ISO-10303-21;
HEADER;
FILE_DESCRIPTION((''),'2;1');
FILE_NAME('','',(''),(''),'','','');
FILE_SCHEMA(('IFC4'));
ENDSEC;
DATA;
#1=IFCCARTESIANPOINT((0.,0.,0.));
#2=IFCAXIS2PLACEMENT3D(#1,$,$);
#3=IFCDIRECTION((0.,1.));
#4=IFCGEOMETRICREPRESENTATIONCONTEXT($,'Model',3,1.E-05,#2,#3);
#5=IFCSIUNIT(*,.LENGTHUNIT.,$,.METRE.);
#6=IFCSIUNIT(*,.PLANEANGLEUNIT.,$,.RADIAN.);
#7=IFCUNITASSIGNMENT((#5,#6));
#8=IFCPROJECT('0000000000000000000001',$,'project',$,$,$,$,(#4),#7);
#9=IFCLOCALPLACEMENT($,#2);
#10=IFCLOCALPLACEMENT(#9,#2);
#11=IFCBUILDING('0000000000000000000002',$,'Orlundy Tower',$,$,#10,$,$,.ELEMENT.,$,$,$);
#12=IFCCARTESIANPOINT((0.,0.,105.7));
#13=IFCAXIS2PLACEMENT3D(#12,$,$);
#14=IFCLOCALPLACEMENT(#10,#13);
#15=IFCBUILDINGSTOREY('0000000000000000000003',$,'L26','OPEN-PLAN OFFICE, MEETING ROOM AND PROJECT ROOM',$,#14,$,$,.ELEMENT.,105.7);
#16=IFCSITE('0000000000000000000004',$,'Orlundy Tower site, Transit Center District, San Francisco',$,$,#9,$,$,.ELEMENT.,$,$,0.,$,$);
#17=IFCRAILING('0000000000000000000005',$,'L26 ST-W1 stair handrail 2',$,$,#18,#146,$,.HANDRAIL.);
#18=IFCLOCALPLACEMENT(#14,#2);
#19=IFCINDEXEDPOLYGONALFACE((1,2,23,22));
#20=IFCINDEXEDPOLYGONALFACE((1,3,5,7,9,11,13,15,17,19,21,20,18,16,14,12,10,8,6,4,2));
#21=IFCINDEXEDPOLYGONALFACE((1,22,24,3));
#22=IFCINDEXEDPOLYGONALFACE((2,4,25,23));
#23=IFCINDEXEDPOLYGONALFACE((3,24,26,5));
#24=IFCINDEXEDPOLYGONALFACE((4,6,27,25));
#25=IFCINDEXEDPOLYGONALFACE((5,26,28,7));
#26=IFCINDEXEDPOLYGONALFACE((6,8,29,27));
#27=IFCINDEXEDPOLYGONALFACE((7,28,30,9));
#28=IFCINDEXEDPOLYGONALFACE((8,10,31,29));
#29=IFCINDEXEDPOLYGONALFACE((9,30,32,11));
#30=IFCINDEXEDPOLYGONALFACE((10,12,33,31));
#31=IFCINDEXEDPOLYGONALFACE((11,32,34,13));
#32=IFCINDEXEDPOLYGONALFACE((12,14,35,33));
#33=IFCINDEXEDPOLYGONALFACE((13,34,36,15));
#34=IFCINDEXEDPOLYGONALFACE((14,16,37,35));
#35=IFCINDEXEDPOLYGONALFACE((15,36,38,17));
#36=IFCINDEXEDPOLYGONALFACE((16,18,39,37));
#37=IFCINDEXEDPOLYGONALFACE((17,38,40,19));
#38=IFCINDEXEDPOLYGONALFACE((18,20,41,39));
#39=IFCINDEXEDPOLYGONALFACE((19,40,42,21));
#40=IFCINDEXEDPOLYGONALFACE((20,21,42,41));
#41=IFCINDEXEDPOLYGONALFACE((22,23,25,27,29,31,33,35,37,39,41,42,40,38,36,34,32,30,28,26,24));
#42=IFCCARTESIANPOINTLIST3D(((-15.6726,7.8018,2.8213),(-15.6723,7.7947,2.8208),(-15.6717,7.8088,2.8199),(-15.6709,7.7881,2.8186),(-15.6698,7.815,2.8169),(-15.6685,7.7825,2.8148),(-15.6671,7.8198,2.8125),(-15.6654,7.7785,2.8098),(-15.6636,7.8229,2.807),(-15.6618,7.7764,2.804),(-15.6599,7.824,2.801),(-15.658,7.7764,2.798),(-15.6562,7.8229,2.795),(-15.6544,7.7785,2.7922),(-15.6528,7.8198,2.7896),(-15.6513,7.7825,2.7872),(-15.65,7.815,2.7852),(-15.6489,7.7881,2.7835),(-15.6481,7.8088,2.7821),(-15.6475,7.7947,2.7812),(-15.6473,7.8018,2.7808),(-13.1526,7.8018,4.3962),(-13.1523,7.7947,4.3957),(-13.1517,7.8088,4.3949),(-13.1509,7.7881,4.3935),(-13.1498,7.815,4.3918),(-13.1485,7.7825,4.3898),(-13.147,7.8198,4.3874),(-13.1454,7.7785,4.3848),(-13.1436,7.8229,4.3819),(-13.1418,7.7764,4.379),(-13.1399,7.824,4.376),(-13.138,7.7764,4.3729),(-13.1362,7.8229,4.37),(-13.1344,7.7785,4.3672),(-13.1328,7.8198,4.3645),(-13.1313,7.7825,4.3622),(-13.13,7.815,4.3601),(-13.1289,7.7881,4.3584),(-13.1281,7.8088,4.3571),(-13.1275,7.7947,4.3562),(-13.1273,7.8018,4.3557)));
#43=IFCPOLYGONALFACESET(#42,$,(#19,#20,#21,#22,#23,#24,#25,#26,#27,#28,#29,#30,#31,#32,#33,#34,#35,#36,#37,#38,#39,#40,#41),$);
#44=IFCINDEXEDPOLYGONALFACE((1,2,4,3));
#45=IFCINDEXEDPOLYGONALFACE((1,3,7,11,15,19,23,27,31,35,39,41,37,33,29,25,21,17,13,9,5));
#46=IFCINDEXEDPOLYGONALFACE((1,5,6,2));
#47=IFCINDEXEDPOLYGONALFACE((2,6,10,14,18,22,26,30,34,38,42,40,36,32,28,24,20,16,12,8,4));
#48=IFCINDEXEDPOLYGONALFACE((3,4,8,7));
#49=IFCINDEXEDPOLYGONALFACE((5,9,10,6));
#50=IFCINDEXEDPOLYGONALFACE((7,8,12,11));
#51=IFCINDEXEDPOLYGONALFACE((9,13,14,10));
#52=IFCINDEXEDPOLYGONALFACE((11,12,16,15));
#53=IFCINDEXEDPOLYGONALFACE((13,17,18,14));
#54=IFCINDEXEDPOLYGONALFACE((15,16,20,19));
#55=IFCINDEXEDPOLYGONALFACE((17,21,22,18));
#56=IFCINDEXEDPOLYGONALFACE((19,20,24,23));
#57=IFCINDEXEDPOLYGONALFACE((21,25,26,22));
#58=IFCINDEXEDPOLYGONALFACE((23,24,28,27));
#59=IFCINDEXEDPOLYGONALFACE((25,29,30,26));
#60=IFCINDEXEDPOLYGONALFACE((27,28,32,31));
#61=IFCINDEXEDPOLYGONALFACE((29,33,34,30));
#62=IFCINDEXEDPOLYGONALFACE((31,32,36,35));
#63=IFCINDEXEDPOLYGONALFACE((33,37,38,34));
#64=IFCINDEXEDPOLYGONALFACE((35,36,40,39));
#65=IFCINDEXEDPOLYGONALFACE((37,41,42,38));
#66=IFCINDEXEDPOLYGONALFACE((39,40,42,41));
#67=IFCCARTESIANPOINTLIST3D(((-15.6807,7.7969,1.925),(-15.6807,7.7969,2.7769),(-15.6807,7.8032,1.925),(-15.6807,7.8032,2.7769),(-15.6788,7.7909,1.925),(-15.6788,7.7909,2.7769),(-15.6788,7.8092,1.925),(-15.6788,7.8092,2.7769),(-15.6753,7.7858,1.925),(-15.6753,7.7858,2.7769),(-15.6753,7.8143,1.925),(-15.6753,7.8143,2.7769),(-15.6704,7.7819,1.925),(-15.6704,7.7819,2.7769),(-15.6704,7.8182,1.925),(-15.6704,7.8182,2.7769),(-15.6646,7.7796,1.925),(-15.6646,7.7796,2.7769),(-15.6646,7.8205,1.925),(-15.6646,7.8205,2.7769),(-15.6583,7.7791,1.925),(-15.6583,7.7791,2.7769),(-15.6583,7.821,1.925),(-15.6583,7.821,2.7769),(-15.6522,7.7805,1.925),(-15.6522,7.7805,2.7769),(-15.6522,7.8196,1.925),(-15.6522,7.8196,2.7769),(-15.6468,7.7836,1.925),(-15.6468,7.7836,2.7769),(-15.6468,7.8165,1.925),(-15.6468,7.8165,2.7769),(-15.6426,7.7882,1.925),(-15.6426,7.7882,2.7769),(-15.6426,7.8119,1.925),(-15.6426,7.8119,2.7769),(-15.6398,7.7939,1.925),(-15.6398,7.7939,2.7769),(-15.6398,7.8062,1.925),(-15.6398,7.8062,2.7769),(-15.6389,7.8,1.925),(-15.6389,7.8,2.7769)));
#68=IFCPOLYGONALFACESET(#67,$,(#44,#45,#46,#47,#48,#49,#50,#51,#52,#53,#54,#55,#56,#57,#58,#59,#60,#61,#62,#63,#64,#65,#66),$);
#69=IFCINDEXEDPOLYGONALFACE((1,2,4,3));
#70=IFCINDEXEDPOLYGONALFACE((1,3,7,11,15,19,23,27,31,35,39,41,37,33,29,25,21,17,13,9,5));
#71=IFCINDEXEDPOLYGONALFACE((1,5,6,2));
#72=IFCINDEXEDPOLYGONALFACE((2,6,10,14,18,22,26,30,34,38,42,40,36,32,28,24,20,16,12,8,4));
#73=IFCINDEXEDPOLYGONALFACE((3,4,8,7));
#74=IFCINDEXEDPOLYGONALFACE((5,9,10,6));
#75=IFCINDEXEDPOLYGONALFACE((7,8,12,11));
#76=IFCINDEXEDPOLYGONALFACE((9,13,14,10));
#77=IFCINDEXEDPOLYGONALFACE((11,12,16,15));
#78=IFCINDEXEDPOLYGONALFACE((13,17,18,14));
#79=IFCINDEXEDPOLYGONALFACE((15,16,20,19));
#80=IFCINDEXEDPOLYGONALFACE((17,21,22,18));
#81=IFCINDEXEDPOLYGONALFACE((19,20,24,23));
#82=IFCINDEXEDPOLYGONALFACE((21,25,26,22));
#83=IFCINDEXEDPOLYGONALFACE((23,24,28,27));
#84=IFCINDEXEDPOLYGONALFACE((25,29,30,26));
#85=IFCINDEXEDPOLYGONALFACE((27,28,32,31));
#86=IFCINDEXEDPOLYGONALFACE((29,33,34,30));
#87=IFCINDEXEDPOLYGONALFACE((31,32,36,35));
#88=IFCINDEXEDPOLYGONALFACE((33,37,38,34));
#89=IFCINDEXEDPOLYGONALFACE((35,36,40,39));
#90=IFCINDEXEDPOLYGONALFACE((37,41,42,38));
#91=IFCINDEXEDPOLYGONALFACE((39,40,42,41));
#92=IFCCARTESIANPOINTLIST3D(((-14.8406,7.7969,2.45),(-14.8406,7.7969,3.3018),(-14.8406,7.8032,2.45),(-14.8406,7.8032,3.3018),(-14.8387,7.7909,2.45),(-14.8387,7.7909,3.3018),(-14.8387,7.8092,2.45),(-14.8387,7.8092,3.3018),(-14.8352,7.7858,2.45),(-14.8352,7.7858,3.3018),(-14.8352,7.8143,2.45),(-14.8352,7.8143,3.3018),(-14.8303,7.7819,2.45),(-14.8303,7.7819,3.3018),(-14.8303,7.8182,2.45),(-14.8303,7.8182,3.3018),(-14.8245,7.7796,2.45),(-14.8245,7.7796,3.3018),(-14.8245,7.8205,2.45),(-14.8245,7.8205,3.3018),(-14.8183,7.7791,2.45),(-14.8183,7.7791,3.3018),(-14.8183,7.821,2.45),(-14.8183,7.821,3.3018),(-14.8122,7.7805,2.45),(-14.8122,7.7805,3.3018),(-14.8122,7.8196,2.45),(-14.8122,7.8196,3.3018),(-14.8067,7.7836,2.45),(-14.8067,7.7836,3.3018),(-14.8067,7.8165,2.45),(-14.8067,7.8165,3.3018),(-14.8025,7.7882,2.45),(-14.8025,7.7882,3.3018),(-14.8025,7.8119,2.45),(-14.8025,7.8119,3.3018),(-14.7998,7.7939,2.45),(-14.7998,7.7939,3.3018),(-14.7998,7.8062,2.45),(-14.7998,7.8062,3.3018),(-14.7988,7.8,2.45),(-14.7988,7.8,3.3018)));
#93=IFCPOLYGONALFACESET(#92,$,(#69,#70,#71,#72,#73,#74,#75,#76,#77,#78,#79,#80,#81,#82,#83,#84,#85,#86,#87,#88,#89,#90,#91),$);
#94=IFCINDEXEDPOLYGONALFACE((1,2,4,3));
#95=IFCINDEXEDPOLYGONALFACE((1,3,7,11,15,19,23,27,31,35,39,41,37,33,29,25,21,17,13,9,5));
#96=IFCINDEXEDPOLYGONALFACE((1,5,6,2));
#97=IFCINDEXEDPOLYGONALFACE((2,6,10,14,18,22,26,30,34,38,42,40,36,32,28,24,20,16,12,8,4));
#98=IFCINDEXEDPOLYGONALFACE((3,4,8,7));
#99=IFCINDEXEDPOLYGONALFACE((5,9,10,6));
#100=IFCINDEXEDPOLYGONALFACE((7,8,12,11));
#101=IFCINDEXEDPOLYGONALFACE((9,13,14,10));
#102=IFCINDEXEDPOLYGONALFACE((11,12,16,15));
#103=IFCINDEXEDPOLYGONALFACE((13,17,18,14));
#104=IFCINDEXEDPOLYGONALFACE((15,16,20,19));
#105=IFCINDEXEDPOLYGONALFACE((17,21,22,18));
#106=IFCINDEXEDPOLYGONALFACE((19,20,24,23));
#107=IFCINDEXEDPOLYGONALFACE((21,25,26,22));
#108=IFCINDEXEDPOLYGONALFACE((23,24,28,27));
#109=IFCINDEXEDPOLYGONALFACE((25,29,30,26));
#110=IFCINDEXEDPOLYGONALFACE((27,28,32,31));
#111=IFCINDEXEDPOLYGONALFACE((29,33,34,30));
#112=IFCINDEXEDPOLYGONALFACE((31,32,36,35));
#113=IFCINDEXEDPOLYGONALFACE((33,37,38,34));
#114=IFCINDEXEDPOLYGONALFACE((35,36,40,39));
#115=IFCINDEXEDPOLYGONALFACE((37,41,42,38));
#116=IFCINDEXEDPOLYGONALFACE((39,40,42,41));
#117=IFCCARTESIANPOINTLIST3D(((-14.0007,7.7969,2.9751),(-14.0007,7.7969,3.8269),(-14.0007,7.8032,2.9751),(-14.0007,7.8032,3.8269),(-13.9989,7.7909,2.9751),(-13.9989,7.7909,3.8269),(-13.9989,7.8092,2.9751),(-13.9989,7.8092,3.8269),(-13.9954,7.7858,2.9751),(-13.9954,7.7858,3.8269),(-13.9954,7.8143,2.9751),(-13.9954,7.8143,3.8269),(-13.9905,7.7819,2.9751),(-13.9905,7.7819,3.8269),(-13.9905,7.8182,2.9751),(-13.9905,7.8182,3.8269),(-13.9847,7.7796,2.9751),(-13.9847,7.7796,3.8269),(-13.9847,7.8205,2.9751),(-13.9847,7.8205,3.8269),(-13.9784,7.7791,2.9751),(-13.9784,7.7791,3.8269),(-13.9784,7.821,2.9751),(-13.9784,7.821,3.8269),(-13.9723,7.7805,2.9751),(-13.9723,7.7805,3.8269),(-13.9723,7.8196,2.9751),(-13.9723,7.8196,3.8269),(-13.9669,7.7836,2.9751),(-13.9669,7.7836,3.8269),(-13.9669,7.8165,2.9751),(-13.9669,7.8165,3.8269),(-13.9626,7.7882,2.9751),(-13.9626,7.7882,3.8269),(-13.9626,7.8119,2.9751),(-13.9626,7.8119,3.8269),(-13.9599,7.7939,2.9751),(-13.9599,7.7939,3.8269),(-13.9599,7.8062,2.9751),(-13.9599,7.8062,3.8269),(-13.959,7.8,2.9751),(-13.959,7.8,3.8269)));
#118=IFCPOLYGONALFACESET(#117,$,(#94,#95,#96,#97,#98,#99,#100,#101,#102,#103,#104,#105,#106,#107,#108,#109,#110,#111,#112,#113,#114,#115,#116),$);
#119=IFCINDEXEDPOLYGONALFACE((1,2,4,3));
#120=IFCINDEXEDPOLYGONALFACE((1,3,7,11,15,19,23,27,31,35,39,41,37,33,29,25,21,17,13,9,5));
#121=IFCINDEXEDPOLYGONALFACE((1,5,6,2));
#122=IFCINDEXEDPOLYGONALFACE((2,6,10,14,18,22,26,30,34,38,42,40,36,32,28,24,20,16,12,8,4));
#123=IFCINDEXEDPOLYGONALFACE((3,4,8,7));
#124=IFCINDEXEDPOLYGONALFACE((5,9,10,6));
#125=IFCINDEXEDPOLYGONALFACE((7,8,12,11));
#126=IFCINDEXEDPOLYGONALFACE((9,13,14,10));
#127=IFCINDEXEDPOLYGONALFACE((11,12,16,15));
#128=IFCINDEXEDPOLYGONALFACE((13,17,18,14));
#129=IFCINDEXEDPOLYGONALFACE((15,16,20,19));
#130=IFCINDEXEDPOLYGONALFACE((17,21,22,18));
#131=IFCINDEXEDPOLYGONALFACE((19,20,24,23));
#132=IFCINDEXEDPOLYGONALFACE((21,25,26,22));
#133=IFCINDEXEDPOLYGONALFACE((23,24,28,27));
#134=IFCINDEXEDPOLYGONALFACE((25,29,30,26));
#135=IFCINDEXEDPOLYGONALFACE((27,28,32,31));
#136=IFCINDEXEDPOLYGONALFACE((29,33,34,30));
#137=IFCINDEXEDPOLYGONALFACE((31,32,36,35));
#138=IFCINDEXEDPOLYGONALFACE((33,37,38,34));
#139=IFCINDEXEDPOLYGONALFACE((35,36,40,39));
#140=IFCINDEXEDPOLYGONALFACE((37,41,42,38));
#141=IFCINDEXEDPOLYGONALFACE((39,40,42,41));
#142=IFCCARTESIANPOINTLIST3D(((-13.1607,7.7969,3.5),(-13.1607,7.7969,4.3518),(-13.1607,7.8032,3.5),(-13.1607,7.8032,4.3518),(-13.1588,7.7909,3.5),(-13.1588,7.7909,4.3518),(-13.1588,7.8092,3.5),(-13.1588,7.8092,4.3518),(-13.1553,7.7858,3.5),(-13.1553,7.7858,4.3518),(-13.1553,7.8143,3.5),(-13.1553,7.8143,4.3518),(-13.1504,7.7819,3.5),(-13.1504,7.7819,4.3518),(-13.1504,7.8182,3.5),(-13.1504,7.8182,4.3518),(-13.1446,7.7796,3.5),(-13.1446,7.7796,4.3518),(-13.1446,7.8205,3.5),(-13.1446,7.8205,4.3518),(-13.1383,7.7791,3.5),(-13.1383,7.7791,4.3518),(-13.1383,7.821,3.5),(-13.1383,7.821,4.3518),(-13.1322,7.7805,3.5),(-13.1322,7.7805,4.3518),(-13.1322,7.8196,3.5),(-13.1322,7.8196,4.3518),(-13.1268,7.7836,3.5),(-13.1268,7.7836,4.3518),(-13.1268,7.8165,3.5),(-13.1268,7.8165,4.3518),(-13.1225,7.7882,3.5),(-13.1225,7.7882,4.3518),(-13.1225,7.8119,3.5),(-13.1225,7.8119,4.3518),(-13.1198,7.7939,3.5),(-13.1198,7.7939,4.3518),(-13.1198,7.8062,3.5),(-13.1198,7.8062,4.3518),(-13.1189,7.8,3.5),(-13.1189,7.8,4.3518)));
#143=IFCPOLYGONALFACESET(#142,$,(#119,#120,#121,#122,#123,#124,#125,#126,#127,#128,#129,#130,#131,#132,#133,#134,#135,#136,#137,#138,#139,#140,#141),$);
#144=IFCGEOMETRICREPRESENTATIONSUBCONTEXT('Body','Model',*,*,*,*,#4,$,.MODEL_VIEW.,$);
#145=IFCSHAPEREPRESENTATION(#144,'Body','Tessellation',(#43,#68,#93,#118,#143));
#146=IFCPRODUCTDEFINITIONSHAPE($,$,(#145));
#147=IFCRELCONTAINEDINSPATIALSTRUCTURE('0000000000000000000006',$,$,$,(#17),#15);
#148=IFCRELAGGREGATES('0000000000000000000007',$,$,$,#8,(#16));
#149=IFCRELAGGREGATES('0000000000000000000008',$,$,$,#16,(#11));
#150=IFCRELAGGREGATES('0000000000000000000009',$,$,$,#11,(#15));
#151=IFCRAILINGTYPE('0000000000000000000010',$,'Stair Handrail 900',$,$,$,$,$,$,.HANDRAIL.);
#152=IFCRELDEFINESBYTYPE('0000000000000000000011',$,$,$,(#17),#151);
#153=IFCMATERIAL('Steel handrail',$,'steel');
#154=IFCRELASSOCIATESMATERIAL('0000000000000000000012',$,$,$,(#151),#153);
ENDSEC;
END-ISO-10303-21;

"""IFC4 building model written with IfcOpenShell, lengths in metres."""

from ifc_helpers import new_model, si_unit, direction, frame, origin, origin_2d, place, context, subcontext, project, spatial, circle, extrude, material, type_object, element, save


model = new_model("IFC4")

# Units and contexts
model_context = context("Model", 3, precision=1e-05, world=origin(), true_north=direction((0.0, 1.0)))
body_context = subcontext(model_context, "Body", "Model", "MODEL_VIEW")
ifc_project = project(units=[si_unit("LENGTHUNIT", "METRE"), si_unit("PLANEANGLEUNIT", "RADIAN")], contexts=[model_context])

# Site, building, storey
site_placement = place(None, origin())
site = spatial("IfcSite", under=ifc_project, at=site_placement, Name="Orlundy Tower site, Transit Center District, San Francisco", CompositionType="ELEMENT", RefElevation=0.0)
building_placement = place(site_placement, origin())
building = spatial("IfcBuilding", under=site, at=building_placement, Name="Orlundy Tower", CompositionType="ELEMENT")
storey_placement = place(building_placement, frame((0.0, 0.0, 105.7)))
storey = spatial("IfcBuildingStorey", under=building, at=storey_placement, Name="L26", Description="OPEN-PLAN OFFICE, MEETING ROOM AND PROJECT ROOM", CompositionType="ELEMENT", Elevation=105.7)

# Railing
ifc_material_1 = material(Name="Steel handrail", Category="steel")
railing_type = type_object("IfcRailingType", Name="Stair Handrail 900", PredefinedType="HANDRAIL", material=ifc_material_1)
railing_placement = place(storey_placement, frame((-15.6599, 7.8, 1.925)))
element("IfcRailing", 1, at=railing_placement, inside=storey, type_object=railing_type, Name="L26 ST-W1 stair handrail 2", PredefinedType="HANDRAIL", context=body_context, shape_type="SweptSolid", body=[
    extrude(circle(Radius=0.0239, at=origin_2d()), frame((0.0, 0.0, 0.876), z_axis=(0.848008, 0.0, 0.529984), x_axis=(0.0, 1.0, 0.0)), (0.0, 0.0, 1.0), 2.9717),
    extrude(circle(Radius=0.021, at=origin_2d()), origin(), (0.0, 0.0, 1.0), 0.8518),
    extrude(circle(Radius=0.021, at=origin_2d()), frame((0.8401, 0.0, 0.5249)), (0.0, 0.0, 1.0), 0.8518),
    extrude(circle(Radius=0.021, at=origin_2d()), frame((1.6799, 0.0, 1.05)), (0.0, 0.0, 1.0), 0.8518),
    extrude(circle(Radius=0.021, at=origin_2d()), frame((2.52, 0.0, 1.575)), (0.0, 0.0, 1.0), 0.8518),
])

save(model, "model.ifc")
